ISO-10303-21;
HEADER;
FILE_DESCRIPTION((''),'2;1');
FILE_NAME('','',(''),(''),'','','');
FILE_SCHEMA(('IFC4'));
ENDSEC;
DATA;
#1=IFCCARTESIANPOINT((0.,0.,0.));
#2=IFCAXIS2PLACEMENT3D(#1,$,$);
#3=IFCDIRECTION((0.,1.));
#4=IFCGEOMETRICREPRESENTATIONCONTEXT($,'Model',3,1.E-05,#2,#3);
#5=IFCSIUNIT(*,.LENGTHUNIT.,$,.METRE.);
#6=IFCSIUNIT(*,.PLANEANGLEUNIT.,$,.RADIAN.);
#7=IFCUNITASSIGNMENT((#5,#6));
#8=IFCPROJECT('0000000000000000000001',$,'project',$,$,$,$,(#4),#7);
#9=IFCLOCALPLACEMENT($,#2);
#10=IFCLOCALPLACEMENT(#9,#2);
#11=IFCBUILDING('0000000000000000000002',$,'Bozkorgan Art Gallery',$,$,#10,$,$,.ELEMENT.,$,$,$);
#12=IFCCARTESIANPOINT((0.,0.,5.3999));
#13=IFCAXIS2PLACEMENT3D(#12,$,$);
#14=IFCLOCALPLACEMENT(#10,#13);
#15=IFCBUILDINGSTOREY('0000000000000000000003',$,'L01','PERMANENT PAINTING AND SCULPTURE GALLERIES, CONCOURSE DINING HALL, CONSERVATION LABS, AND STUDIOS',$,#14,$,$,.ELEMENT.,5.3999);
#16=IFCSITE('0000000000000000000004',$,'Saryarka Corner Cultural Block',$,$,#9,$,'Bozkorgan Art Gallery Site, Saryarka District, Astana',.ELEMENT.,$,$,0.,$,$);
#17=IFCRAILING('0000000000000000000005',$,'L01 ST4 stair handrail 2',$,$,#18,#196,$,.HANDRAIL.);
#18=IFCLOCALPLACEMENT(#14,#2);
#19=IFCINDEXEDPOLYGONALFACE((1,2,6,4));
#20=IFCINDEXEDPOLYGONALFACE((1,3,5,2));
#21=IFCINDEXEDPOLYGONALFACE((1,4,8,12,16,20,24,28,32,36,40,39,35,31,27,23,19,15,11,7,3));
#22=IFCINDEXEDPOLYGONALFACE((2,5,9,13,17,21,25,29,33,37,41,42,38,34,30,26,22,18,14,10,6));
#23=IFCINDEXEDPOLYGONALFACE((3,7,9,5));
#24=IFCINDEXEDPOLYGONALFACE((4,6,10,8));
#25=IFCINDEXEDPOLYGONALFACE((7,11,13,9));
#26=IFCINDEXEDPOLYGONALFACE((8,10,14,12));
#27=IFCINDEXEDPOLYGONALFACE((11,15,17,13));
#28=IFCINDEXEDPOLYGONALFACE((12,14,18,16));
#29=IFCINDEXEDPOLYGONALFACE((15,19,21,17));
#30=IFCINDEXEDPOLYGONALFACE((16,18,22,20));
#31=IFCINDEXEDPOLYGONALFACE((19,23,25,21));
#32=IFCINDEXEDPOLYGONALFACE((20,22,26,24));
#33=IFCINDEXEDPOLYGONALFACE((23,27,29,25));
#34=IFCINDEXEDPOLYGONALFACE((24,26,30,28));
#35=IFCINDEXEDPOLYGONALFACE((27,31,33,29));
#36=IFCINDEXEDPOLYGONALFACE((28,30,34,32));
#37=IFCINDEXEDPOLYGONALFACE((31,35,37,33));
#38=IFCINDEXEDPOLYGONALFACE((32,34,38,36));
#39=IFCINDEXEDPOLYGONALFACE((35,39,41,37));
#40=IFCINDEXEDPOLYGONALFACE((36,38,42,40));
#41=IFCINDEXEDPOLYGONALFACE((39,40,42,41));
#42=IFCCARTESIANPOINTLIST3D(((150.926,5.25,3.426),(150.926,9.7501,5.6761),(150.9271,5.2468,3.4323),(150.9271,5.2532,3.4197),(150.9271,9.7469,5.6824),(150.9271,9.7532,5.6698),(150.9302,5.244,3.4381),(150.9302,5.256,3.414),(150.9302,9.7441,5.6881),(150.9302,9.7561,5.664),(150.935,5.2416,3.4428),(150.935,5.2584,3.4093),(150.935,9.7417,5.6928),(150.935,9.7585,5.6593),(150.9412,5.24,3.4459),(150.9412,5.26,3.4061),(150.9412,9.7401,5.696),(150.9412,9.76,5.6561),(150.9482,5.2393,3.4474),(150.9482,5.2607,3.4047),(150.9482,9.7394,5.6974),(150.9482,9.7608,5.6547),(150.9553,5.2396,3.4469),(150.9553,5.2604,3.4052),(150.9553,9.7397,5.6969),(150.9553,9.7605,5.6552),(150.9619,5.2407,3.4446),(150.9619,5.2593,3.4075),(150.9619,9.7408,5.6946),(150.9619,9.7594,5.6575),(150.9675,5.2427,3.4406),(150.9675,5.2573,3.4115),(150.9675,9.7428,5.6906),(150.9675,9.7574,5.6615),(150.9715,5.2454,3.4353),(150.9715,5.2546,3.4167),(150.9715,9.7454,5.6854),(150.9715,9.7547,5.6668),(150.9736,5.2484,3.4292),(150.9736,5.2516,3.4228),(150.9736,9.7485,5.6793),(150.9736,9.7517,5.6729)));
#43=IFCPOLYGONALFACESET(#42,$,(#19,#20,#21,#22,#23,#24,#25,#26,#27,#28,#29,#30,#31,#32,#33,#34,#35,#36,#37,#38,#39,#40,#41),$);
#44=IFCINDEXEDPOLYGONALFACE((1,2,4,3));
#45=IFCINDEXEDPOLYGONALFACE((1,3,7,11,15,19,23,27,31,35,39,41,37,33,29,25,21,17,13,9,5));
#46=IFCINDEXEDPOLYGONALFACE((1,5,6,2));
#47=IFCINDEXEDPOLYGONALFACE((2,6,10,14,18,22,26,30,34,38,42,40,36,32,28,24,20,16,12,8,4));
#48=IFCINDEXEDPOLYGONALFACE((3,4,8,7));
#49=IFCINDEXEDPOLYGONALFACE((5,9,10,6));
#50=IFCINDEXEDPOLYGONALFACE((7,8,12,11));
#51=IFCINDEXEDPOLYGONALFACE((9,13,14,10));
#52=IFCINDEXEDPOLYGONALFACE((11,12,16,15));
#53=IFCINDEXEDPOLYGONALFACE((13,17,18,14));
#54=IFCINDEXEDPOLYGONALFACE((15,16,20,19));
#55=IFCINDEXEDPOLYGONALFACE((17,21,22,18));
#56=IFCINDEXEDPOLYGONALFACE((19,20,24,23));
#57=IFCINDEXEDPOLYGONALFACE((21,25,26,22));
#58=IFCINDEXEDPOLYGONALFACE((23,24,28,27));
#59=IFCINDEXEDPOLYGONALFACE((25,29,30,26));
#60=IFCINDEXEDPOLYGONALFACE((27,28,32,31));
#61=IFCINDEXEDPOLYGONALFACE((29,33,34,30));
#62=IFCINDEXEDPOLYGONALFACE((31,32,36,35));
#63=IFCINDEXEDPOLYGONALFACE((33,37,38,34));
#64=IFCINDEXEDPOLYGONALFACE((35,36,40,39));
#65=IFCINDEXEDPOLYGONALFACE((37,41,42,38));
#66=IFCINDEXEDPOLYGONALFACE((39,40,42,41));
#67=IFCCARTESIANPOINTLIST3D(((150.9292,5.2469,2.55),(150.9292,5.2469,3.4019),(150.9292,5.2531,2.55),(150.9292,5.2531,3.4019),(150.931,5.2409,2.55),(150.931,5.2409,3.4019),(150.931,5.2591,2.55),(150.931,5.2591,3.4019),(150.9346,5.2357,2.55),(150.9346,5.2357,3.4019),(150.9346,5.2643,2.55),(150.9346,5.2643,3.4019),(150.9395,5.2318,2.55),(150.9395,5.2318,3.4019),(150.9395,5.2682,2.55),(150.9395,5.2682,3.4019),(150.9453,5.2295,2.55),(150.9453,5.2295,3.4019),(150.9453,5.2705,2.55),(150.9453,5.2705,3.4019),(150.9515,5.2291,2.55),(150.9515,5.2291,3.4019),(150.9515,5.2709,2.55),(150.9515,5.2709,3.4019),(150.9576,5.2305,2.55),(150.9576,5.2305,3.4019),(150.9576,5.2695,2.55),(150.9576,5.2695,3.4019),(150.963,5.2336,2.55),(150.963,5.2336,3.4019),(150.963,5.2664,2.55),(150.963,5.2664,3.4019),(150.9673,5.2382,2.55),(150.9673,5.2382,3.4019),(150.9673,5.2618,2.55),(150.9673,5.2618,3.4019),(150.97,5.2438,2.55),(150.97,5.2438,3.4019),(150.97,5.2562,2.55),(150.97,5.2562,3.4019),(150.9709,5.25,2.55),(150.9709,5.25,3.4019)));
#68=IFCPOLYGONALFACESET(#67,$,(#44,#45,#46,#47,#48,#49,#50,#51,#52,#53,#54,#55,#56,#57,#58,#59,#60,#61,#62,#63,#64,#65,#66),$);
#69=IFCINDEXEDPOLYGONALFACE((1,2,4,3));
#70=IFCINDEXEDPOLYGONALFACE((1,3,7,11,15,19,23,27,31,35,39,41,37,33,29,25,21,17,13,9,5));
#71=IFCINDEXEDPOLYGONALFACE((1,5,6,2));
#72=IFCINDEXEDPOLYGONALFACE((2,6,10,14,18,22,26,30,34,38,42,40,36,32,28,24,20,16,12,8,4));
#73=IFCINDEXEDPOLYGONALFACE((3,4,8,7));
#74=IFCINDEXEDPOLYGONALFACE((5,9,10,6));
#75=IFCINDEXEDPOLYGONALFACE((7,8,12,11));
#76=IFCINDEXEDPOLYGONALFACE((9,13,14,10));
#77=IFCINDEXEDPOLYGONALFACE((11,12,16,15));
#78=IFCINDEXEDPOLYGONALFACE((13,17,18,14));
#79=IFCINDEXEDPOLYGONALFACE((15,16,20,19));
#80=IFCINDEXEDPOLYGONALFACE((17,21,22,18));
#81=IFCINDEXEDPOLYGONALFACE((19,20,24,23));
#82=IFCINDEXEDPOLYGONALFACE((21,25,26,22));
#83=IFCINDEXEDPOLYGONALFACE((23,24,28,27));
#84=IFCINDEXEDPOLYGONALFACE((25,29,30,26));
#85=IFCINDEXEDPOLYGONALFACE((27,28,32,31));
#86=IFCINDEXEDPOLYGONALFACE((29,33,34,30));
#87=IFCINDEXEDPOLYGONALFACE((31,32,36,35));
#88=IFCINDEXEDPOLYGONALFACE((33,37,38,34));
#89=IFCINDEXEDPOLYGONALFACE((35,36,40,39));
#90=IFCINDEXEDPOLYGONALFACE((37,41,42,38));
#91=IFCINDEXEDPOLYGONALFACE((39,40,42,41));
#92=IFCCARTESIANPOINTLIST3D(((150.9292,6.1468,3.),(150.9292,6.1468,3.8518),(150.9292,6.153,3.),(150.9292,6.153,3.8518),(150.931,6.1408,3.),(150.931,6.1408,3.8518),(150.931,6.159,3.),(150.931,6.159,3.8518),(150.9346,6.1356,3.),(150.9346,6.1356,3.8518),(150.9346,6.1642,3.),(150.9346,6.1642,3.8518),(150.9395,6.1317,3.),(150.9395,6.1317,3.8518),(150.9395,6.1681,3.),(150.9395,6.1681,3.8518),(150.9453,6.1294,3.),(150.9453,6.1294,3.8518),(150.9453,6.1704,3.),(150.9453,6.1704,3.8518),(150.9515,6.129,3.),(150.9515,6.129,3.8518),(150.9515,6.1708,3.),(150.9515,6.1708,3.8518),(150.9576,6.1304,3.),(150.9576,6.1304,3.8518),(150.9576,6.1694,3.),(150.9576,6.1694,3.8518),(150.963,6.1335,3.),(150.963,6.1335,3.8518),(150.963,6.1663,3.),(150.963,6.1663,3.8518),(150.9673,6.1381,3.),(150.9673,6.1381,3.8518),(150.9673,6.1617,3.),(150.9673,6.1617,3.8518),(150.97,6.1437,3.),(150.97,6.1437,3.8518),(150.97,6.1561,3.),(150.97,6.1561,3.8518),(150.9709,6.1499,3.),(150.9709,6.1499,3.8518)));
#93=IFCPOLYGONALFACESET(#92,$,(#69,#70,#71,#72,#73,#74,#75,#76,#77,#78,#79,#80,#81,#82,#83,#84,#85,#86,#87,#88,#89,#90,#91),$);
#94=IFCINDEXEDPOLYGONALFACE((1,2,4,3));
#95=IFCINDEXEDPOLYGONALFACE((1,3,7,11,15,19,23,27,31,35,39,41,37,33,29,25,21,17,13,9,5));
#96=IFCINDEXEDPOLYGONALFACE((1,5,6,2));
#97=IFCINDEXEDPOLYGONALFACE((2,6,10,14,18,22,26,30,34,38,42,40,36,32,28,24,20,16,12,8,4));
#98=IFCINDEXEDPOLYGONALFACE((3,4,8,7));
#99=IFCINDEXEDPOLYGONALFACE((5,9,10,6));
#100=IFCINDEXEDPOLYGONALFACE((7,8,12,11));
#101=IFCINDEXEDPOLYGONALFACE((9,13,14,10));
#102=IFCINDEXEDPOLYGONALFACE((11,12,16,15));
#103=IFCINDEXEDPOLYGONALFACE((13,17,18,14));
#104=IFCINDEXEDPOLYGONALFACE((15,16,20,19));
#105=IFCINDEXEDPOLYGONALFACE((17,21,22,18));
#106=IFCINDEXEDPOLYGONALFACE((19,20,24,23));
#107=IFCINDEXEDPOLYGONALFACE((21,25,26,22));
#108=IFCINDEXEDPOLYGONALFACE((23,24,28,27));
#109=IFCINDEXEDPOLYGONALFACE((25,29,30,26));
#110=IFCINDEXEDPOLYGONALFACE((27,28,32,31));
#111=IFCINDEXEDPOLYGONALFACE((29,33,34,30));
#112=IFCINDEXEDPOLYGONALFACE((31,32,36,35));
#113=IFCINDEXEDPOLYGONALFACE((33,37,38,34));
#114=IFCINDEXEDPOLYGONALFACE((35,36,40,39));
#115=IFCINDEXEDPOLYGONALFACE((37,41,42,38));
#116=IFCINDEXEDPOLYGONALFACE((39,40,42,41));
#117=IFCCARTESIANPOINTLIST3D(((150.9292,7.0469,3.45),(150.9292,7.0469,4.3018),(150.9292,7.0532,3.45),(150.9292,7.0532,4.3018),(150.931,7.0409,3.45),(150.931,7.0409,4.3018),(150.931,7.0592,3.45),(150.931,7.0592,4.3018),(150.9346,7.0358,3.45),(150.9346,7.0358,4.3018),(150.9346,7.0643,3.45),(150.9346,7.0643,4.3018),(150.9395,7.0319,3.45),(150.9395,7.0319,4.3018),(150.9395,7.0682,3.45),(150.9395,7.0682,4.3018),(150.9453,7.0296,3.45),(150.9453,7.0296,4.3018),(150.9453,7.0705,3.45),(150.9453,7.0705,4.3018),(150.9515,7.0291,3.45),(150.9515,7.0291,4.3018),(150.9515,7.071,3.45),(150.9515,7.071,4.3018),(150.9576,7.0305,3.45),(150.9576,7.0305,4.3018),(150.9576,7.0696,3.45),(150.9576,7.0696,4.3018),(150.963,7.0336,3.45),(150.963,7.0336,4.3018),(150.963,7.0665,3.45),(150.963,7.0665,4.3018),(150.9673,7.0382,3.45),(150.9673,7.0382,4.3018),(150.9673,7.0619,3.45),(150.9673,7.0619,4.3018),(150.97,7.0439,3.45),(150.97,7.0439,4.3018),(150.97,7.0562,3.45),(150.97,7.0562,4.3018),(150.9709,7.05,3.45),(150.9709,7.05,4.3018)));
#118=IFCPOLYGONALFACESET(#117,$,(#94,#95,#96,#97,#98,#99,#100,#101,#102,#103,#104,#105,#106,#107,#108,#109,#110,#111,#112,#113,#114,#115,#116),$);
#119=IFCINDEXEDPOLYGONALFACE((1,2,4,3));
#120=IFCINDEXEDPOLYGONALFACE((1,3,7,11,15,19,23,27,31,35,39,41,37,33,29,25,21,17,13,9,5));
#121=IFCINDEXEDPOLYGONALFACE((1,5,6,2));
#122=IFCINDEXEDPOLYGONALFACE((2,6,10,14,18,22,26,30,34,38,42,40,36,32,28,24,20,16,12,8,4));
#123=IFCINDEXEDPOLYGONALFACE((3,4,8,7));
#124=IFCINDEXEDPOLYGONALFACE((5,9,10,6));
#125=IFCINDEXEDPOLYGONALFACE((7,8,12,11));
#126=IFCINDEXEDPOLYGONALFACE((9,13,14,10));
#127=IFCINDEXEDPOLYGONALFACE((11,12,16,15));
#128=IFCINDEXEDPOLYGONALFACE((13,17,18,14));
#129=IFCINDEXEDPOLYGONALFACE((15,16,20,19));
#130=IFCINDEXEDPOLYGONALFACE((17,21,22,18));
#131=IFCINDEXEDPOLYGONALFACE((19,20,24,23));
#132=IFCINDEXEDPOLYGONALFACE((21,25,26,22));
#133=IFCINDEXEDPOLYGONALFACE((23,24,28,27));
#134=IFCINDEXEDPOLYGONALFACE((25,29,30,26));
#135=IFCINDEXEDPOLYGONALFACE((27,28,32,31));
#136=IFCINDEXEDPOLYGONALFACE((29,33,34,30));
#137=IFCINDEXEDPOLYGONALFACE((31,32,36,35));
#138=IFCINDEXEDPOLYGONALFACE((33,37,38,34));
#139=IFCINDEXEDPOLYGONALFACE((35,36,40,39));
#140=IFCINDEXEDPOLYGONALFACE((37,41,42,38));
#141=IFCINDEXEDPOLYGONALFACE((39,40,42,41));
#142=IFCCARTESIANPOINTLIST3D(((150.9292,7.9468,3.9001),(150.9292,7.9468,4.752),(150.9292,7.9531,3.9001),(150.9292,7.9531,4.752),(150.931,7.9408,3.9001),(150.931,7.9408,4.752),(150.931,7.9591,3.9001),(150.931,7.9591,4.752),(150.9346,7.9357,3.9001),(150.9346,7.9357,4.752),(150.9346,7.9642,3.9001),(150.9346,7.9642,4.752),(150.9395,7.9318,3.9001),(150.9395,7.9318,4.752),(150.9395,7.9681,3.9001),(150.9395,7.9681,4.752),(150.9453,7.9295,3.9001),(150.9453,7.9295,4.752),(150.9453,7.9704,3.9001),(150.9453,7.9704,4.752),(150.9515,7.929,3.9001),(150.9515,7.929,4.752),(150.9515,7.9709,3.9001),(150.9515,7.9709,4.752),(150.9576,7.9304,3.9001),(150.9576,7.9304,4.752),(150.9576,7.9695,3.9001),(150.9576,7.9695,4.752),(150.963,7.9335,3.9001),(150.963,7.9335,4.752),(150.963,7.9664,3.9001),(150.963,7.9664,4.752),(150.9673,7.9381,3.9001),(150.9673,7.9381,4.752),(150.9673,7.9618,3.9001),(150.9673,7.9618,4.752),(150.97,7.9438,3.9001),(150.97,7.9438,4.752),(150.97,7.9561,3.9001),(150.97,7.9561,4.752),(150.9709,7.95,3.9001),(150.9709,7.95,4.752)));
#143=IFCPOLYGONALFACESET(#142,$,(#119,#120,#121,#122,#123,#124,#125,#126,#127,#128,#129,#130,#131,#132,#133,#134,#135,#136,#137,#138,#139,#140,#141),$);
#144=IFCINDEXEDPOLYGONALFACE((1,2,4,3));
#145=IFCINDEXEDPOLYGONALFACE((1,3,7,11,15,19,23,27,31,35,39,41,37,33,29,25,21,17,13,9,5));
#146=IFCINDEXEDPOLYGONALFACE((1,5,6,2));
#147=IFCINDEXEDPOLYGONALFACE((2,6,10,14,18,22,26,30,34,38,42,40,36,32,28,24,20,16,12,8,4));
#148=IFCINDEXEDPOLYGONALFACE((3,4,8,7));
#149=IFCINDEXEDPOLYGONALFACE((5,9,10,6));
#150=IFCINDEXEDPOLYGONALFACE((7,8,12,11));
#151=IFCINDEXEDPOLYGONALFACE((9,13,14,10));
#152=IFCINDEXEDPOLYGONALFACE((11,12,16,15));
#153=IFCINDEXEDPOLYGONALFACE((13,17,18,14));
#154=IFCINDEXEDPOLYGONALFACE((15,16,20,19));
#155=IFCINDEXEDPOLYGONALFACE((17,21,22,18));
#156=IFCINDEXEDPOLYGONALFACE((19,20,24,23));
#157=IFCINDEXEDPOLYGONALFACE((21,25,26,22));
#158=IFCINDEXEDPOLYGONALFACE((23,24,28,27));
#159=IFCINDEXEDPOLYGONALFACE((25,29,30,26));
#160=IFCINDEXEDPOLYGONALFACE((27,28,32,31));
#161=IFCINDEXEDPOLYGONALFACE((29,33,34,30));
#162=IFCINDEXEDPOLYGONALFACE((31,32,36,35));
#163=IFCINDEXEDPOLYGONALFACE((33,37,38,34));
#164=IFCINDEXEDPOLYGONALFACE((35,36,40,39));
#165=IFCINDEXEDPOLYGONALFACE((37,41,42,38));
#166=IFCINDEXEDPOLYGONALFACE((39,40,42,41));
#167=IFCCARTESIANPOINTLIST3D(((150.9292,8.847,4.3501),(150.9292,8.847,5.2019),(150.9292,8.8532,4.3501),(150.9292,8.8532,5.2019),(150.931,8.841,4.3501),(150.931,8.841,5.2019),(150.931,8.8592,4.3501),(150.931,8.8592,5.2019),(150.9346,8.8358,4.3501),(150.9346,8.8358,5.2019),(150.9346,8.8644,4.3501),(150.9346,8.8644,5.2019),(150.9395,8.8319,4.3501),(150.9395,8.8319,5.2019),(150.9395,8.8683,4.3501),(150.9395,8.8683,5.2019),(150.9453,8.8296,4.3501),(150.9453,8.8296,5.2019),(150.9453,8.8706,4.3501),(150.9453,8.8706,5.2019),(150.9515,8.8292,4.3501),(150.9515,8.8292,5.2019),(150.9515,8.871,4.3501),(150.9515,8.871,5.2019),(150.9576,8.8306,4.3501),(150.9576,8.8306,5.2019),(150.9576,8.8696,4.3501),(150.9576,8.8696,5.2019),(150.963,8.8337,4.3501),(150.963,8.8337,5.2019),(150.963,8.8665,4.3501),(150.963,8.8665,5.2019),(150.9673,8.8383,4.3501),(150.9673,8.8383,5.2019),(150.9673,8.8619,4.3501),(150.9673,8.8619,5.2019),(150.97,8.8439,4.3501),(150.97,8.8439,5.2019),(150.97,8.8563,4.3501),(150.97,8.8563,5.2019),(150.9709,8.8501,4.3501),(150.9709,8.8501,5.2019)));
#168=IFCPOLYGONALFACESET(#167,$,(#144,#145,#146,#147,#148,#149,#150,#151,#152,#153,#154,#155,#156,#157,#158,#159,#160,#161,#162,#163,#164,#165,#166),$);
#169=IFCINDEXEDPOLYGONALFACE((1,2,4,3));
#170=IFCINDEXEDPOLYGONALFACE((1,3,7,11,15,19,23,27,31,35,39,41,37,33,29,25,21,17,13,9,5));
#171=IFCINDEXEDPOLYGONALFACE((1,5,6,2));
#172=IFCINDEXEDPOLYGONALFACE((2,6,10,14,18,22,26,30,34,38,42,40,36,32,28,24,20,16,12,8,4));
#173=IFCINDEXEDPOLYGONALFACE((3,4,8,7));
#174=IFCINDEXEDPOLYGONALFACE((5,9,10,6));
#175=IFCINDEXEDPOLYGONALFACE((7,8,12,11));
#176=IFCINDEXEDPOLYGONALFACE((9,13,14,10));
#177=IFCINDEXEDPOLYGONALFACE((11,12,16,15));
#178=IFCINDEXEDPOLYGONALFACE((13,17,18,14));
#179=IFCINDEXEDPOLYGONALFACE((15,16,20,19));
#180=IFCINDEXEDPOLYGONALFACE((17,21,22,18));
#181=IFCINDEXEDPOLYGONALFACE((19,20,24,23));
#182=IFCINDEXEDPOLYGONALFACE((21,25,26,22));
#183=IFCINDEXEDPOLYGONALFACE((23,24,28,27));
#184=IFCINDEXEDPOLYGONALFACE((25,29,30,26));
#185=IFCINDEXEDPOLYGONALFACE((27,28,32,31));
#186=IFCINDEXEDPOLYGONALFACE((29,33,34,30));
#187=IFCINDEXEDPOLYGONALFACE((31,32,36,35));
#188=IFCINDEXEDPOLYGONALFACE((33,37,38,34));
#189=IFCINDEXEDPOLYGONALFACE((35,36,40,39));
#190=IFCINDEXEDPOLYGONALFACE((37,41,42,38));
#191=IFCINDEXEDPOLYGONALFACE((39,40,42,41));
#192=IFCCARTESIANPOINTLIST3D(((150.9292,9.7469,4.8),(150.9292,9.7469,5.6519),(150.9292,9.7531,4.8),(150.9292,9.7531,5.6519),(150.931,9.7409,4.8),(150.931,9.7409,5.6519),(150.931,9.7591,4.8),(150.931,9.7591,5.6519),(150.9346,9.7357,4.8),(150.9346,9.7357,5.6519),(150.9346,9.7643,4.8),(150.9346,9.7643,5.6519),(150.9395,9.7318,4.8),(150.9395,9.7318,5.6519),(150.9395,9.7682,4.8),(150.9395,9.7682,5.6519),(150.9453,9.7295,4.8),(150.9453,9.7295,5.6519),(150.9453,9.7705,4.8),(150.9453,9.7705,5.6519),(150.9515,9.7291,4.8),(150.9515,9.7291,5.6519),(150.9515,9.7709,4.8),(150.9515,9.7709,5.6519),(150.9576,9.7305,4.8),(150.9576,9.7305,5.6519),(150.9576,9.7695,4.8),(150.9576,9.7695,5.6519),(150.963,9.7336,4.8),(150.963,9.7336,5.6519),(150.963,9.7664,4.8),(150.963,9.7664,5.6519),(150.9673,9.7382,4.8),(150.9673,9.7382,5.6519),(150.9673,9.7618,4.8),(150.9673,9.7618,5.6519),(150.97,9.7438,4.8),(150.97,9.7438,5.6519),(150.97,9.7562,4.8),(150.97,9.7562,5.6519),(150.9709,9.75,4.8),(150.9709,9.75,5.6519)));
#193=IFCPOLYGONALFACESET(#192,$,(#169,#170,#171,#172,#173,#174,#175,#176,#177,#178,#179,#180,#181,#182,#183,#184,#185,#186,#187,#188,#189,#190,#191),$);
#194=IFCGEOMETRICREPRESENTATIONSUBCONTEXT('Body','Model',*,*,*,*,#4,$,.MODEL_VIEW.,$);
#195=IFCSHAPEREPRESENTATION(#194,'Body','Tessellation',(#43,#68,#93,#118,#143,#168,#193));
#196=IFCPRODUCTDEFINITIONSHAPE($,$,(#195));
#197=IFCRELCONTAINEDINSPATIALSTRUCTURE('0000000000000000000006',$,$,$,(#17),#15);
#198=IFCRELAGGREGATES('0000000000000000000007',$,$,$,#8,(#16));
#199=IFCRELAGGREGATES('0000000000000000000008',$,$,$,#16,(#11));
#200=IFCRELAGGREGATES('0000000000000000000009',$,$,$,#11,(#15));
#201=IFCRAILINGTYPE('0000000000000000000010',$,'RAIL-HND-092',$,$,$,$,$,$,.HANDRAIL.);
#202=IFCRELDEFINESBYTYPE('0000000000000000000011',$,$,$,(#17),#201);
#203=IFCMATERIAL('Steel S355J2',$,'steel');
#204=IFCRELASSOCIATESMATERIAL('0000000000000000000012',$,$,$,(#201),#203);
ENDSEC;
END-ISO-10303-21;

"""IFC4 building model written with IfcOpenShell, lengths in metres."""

from ifc_helpers import new_model, si_unit, direction, frame, origin, origin_2d, place, context, subcontext, project, spatial, circle, extrude, material, type_object, element, save


model = new_model("IFC4")

# Units and contexts
model_context = context("Model", 3, precision=1e-05, world=origin(), true_north=direction((0.0, 1.0)))
body_context = subcontext(model_context, "Body", "Model", "MODEL_VIEW")
ifc_project = project(units=[si_unit("LENGTHUNIT", "METRE"), si_unit("PLANEANGLEUNIT", "RADIAN")], contexts=[model_context])

# Site, building, storey
site_placement = place(None, origin())
site = spatial("IfcSite", under=ifc_project, at=site_placement, Name="Saryarka Corner Cultural Block", LongName="Bozkorgan Art Gallery Site, Saryarka District, Astana", CompositionType="ELEMENT", RefElevation=0.0)
building_placement = place(site_placement, origin())
building = spatial("IfcBuilding", under=site, at=building_placement, Name="Bozkorgan Art Gallery", CompositionType="ELEMENT")
storey_placement = place(building_placement, frame((0.0, 0.0, 5.3999)))
storey = spatial("IfcBuildingStorey", under=building, at=storey_placement, Name="L01", Description="PERMANENT PAINTING AND SCULPTURE GALLERIES, CONCOURSE DINING HALL, CONSERVATION LABS, AND STUDIOS", CompositionType="ELEMENT", Elevation=5.3999)

# Shared definitions
ifc_material_1 = material(Name="Steel S355J2", Category="steel")

# Railing
railing_type_1 = type_object("IfcRailingType", Name="RAIL-HND-092", PredefinedType="HANDRAIL", material=ifc_material_1)
railing_1_placement = place(storey_placement, frame((150.95, 5.25, 2.55)))
element("IfcRailing", 1, at=railing_1_placement, inside=storey, type_object=railing_type_1, Name="L01 ST4 stair handrail 2", PredefinedType="HANDRAIL", context=body_context, shape_type="SweptSolid", body=[
    extrude(circle(Radius=0.0239, at=origin_2d()), frame((0.0, 0.0, 0.876), z_axis=(0.0, 0.894427, 0.447214), x_axis=(-1.0, 0.0, 0.0)), (0.0, 0.0, 1.0), 5.0312),
    extrude(circle(Radius=0.021, at=origin_2d()), origin(), (0.0, 0.0, 1.0), 0.8518),
    extrude(circle(Radius=0.021, at=origin_2d()), frame((0.0, 0.8999, 0.45)), (0.0, 0.0, 1.0), 0.8518),
    extrude(circle(Radius=0.021, at=origin_2d()), frame((0.0, 1.8, 0.8999)), (0.0, 0.0, 1.0), 0.8518),
    extrude(circle(Radius=0.021, at=origin_2d()), frame((0.0, 2.7, 1.3501)), (0.0, 0.0, 1.0), 0.8518),
    extrude(circle(Radius=0.021, at=origin_2d()), frame((0.0, 3.6001, 1.8)), (0.0, 0.0, 1.0), 0.8518),
    extrude(circle(Radius=0.021, at=origin_2d()), frame((0.0, 4.5, 2.25)), (0.0, 0.0, 1.0), 0.8518),
])

save(model, "model.ifc")
